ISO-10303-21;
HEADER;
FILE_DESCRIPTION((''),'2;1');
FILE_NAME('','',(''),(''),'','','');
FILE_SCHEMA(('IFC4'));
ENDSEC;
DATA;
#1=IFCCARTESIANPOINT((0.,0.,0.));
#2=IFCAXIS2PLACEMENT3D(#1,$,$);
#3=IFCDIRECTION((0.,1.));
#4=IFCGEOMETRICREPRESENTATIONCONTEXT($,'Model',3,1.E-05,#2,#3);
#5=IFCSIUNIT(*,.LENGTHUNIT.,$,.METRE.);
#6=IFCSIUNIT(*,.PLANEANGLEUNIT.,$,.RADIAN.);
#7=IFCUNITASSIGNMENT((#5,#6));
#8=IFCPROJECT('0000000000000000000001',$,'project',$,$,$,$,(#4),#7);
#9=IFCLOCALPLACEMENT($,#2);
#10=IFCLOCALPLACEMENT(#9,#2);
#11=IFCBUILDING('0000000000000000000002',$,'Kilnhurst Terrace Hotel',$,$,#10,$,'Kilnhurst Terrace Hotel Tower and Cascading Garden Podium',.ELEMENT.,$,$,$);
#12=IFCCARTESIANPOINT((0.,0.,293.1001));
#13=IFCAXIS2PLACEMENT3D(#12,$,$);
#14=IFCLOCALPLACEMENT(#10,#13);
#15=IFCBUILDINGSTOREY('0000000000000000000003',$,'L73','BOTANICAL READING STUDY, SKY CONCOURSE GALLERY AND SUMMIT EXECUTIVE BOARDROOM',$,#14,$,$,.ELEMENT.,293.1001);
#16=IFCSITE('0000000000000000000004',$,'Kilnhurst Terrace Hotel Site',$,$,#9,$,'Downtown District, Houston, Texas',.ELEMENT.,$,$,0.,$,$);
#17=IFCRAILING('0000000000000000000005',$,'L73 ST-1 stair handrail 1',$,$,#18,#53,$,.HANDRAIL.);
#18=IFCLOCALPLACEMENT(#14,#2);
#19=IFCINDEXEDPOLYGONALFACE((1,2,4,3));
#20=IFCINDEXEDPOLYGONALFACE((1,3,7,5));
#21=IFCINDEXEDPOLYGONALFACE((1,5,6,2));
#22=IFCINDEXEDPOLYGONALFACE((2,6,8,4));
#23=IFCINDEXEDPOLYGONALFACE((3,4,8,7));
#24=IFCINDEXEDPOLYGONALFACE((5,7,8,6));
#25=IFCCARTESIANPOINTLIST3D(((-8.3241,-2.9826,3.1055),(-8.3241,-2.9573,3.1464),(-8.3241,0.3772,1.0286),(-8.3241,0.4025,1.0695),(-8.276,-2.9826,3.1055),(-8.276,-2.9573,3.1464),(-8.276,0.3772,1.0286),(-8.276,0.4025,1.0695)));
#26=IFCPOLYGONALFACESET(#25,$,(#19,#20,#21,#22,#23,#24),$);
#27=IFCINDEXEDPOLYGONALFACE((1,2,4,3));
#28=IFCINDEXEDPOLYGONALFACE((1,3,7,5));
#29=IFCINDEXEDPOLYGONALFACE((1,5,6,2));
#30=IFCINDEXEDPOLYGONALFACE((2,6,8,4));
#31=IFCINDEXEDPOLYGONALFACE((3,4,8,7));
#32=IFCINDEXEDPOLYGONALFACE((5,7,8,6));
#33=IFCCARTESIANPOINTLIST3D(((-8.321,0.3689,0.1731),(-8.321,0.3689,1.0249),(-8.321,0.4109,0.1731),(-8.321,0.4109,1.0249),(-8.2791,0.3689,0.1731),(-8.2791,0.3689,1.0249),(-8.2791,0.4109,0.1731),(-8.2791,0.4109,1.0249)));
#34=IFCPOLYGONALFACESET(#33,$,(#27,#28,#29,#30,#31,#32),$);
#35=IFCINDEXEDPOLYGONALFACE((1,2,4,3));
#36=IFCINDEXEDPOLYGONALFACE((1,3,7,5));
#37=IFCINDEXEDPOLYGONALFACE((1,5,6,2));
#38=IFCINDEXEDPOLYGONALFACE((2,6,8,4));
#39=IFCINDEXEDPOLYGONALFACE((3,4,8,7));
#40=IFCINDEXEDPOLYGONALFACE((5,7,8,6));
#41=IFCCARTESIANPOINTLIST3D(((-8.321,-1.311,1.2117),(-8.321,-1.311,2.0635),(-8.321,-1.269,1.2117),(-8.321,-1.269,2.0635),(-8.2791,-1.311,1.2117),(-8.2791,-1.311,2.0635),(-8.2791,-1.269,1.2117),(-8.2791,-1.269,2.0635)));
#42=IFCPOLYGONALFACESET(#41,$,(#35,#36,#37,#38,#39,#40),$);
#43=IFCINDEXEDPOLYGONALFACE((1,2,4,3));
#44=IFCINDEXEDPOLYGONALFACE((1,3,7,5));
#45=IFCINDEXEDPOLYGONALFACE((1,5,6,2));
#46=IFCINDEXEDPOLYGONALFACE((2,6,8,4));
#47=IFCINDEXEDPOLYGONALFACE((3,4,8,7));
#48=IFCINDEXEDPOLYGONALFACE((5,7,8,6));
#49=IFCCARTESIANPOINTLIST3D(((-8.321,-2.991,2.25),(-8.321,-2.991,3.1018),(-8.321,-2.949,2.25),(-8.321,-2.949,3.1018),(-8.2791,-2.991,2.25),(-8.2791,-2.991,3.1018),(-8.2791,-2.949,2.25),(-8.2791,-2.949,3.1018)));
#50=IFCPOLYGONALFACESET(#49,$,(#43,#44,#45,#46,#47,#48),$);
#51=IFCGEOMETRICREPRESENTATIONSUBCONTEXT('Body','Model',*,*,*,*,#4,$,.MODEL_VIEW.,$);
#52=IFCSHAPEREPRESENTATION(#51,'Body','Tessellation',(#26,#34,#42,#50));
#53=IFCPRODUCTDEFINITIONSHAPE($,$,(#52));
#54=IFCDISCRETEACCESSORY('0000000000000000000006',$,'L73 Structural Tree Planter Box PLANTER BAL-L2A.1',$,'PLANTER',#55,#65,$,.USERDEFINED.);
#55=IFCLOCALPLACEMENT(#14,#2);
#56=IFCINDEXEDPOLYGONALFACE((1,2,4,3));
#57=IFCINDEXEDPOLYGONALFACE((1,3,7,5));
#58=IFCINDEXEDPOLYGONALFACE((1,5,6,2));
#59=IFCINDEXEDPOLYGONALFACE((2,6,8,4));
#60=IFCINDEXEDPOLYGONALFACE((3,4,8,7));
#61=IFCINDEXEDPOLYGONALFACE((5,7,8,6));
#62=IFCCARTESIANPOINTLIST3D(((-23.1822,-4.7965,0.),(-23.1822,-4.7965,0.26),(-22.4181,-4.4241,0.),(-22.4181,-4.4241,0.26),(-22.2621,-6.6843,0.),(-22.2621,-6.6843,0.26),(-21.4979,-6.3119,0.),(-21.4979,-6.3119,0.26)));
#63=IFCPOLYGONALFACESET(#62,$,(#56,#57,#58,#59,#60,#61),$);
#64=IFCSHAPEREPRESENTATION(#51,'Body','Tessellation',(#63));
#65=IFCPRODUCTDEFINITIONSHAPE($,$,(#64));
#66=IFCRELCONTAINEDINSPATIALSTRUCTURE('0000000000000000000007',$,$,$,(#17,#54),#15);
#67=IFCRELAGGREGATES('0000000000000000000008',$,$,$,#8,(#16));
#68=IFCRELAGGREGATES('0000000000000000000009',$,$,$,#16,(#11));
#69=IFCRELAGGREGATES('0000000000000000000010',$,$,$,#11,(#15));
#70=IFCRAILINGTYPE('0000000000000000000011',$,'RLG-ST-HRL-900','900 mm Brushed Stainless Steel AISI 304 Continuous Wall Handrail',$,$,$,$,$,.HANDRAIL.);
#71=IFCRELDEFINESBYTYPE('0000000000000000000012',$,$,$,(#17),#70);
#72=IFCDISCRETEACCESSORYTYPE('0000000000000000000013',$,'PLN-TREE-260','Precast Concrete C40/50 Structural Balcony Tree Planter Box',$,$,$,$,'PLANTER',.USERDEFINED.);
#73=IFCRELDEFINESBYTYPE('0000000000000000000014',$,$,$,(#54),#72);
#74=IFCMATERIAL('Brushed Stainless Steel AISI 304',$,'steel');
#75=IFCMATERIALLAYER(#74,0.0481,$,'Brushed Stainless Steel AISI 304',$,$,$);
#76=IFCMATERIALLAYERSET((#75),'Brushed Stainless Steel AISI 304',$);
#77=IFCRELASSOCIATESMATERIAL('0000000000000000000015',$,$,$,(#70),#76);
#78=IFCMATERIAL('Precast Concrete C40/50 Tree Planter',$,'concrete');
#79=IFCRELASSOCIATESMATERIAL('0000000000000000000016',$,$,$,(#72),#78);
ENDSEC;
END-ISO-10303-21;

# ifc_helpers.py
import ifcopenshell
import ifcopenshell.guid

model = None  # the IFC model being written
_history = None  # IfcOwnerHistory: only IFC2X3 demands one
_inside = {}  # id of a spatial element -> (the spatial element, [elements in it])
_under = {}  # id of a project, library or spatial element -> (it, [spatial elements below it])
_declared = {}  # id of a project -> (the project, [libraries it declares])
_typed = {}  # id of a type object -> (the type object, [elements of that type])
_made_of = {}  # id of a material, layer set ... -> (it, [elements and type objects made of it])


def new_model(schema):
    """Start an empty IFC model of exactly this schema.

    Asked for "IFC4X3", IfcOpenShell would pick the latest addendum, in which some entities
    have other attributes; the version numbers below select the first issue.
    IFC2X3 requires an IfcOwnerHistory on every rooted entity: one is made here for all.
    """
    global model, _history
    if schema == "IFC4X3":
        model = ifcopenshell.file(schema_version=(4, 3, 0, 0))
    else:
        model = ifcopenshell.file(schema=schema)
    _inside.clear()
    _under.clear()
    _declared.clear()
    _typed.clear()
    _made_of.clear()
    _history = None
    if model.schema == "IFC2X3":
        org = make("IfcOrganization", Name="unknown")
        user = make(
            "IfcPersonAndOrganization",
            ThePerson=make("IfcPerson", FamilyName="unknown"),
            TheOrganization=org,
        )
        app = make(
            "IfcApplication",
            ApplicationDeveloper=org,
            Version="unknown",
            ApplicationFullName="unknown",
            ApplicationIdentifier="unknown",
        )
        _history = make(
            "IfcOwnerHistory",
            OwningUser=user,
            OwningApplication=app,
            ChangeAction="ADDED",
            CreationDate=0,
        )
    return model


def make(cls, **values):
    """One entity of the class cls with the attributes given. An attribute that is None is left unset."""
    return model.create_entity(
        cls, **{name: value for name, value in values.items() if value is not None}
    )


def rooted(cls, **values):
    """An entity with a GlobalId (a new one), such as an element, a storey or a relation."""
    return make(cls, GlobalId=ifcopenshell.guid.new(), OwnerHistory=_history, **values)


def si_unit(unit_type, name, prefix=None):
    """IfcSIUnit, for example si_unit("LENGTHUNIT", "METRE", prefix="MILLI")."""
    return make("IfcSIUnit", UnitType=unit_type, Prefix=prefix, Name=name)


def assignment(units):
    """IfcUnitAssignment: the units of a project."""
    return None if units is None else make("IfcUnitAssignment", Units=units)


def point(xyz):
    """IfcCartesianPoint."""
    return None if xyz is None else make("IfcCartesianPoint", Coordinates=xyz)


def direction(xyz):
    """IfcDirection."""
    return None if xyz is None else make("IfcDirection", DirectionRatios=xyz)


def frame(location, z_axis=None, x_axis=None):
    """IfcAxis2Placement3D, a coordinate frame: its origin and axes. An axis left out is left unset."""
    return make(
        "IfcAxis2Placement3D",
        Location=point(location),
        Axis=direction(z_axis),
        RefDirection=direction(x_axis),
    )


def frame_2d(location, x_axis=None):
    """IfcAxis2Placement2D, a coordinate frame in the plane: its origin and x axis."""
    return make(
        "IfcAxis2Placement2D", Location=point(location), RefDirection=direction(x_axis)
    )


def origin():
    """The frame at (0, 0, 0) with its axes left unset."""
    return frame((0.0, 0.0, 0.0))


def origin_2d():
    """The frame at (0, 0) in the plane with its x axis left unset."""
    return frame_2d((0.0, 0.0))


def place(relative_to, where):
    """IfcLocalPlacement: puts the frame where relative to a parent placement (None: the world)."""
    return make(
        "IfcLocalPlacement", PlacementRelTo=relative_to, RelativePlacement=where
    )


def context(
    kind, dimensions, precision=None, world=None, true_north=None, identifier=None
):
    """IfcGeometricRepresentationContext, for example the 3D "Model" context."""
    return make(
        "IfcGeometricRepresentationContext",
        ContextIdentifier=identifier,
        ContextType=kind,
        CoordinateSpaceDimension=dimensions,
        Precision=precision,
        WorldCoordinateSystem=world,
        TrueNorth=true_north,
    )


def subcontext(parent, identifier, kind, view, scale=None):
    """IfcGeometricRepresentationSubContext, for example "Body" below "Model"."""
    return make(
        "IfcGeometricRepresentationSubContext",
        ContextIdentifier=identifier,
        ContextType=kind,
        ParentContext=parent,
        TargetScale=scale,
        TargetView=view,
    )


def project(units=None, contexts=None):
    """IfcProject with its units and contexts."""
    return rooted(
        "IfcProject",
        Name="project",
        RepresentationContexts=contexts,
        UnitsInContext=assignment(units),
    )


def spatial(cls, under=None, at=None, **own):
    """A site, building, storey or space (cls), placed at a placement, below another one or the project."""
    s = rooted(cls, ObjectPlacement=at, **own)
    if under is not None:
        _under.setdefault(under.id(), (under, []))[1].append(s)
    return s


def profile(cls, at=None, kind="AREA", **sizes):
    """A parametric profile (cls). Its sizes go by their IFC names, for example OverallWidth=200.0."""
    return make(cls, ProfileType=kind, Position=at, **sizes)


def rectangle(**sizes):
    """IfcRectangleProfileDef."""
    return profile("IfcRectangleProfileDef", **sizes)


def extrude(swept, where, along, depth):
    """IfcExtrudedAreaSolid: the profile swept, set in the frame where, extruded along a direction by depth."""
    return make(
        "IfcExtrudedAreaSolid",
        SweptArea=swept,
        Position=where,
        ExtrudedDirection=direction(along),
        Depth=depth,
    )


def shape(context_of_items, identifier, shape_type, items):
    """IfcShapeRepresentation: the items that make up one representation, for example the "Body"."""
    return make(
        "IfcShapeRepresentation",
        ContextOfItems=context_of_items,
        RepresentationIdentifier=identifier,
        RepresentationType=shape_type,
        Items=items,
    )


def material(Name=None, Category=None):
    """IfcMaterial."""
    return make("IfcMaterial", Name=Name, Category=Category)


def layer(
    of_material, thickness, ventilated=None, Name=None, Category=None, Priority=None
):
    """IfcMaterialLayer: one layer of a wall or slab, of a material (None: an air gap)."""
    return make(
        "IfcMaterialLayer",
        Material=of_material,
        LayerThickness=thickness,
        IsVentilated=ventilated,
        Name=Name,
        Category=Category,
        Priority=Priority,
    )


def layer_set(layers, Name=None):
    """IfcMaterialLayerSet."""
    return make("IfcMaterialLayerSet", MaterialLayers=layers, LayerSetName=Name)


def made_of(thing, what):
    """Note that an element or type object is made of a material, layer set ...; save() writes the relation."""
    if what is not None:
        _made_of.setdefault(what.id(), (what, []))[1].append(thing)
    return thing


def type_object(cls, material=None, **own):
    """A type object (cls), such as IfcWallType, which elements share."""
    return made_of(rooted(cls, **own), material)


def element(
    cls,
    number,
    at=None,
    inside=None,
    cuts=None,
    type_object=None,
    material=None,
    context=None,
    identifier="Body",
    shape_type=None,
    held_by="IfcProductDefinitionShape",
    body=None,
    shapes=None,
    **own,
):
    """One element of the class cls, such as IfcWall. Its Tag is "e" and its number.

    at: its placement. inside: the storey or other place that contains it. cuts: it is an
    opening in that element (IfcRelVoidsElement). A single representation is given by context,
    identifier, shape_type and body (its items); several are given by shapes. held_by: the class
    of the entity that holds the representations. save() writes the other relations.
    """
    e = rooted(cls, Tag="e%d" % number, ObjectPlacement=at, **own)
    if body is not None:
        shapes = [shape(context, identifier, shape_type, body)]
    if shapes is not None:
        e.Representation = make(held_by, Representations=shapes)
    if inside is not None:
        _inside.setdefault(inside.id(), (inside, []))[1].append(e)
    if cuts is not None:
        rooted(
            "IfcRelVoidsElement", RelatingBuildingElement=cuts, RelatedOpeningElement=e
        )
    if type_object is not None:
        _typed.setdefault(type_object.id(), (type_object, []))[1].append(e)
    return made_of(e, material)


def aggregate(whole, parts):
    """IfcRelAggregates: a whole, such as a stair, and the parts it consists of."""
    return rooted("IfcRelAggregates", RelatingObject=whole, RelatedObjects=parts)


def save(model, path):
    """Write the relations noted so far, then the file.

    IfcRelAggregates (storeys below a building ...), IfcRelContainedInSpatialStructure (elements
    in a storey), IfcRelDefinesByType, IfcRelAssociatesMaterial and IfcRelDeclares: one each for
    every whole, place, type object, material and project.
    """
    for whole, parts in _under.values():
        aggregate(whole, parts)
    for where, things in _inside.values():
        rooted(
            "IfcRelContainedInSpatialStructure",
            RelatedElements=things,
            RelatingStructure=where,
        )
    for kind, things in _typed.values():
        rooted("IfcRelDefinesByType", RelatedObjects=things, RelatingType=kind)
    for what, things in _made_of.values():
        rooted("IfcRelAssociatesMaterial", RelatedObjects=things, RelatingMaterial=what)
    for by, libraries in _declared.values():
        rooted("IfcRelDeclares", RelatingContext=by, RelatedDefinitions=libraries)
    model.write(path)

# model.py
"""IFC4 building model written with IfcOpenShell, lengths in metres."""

from ifc_helpers import new_model, si_unit, direction, frame, origin, origin_2d, place, context, subcontext, project, spatial, rectangle, extrude, material, layer, layer_set, type_object, element, save


model = new_model("IFC4")

# Units and contexts
model_context = context("Model", 3, precision=1e-05, world=origin(), true_north=direction((0.0, 1.0)))
body_context = subcontext(model_context, "Body", "Model", "MODEL_VIEW")
ifc_project = project(units=[si_unit("LENGTHUNIT", "METRE"), si_unit("PLANEANGLEUNIT", "RADIAN")], contexts=[model_context])

# Site, building, storey
site_placement = place(None, origin())
site = spatial("IfcSite", under=ifc_project, at=site_placement, Name="Kilnhurst Terrace Hotel Site", LongName="Downtown District, Houston, Texas", CompositionType="ELEMENT", RefElevation=0.0)
building_placement = place(site_placement, origin())
building = spatial("IfcBuilding", under=site, at=building_placement, Name="Kilnhurst Terrace Hotel", LongName="Kilnhurst Terrace Hotel Tower and Cascading Garden Podium", CompositionType="ELEMENT")
storey_placement = place(building_placement, frame((0.0, 0.0, 293.1001)))
storey = spatial("IfcBuildingStorey", under=building, at=storey_placement, Name="L73", Description="BOTANICAL READING STUDY, SKY CONCOURSE GALLERY AND SUMMIT EXECUTIVE BOARDROOM", CompositionType="ELEMENT", Elevation=293.1001)

# Railing
ifc_material_1 = material(Name="Brushed Stainless Steel AISI 304", Category="steel")
ifc_layer_1 = layer(ifc_material_1, 0.0481, Name="Brushed Stainless Steel AISI 304")
ifc_layer_set_1 = layer_set([ifc_layer_1], Name="Brushed Stainless Steel AISI 304")
railing_type_1 = type_object("IfcRailingType", Name="RLG-ST-HRL-900", Description="900 mm Brushed Stainless Steel AISI 304 Continuous Wall Handrail", PredefinedType="HANDRAIL", material=ifc_layer_set_1)
railing_1_placement = place(storey_placement, frame((-8.3, 0.3899, 0.1731)))
element("IfcRailing", 1, at=railing_1_placement, inside=storey, type_object=railing_type_1, Name="L73 ST-1 stair handrail 1", PredefinedType="HANDRAIL", context=body_context, shape_type="SweptSolid", body=[
    extrude(rectangle(XDim=0.0481, YDim=0.0481, at=origin_2d()), frame((0.0, 0.0, 0.876), z_axis=(0.0, -0.850606, 0.525803), x_axis=(1.0, 0.0, 0.0)), (0.0, 0.0, 1.0), 3.95),
    extrude(rectangle(XDim=0.042, YDim=0.042, at=origin_2d()), origin(), (0.0, 0.0, 1.0), 0.8518),
    extrude(rectangle(XDim=0.042, YDim=0.042, at=origin_2d()), frame((0.0, -1.6799, 1.0386)), (0.0, 0.0, 1.0), 0.8518),
    extrude(rectangle(XDim=0.042, YDim=0.042, at=origin_2d()), frame((0.0, -3.3599, 2.0769)), (0.0, 0.0, 1.0), 0.8518),
])

# Discrete accessory
ifc_material_2 = material(Name="Precast Concrete C40/50 Tree Planter", Category="concrete")
discrete_accessory_type = type_object("IfcDiscreteAccessoryType", Name="PLN-TREE-260", Description="Precast Concrete C40/50 Structural Balcony Tree Planter Box", ElementType="PLANTER", PredefinedType="USERDEFINED", material=ifc_material_2)
discrete_accessory_placement = place(storey_placement, frame((-22.3401, -5.5542, 0.0), z_axis=(0.0, 0.0, 1.0), x_axis=(0.438136, -0.898909, 0.0)))
element("IfcDiscreteAccessory", 2, at=discrete_accessory_placement, inside=storey, type_object=discrete_accessory_type, Name="L73 Structural Tree Planter Box PLANTER BAL-L2A.1", ObjectType="PLANTER", PredefinedType="USERDEFINED", context=body_context, shape_type="SweptSolid", body=[
    extrude(rectangle(XDim=2.1001, YDim=0.8501, at=origin_2d()), origin(), (0.0, 0.0, 1.0), 0.26),
])

save(model, "model.ifc")
